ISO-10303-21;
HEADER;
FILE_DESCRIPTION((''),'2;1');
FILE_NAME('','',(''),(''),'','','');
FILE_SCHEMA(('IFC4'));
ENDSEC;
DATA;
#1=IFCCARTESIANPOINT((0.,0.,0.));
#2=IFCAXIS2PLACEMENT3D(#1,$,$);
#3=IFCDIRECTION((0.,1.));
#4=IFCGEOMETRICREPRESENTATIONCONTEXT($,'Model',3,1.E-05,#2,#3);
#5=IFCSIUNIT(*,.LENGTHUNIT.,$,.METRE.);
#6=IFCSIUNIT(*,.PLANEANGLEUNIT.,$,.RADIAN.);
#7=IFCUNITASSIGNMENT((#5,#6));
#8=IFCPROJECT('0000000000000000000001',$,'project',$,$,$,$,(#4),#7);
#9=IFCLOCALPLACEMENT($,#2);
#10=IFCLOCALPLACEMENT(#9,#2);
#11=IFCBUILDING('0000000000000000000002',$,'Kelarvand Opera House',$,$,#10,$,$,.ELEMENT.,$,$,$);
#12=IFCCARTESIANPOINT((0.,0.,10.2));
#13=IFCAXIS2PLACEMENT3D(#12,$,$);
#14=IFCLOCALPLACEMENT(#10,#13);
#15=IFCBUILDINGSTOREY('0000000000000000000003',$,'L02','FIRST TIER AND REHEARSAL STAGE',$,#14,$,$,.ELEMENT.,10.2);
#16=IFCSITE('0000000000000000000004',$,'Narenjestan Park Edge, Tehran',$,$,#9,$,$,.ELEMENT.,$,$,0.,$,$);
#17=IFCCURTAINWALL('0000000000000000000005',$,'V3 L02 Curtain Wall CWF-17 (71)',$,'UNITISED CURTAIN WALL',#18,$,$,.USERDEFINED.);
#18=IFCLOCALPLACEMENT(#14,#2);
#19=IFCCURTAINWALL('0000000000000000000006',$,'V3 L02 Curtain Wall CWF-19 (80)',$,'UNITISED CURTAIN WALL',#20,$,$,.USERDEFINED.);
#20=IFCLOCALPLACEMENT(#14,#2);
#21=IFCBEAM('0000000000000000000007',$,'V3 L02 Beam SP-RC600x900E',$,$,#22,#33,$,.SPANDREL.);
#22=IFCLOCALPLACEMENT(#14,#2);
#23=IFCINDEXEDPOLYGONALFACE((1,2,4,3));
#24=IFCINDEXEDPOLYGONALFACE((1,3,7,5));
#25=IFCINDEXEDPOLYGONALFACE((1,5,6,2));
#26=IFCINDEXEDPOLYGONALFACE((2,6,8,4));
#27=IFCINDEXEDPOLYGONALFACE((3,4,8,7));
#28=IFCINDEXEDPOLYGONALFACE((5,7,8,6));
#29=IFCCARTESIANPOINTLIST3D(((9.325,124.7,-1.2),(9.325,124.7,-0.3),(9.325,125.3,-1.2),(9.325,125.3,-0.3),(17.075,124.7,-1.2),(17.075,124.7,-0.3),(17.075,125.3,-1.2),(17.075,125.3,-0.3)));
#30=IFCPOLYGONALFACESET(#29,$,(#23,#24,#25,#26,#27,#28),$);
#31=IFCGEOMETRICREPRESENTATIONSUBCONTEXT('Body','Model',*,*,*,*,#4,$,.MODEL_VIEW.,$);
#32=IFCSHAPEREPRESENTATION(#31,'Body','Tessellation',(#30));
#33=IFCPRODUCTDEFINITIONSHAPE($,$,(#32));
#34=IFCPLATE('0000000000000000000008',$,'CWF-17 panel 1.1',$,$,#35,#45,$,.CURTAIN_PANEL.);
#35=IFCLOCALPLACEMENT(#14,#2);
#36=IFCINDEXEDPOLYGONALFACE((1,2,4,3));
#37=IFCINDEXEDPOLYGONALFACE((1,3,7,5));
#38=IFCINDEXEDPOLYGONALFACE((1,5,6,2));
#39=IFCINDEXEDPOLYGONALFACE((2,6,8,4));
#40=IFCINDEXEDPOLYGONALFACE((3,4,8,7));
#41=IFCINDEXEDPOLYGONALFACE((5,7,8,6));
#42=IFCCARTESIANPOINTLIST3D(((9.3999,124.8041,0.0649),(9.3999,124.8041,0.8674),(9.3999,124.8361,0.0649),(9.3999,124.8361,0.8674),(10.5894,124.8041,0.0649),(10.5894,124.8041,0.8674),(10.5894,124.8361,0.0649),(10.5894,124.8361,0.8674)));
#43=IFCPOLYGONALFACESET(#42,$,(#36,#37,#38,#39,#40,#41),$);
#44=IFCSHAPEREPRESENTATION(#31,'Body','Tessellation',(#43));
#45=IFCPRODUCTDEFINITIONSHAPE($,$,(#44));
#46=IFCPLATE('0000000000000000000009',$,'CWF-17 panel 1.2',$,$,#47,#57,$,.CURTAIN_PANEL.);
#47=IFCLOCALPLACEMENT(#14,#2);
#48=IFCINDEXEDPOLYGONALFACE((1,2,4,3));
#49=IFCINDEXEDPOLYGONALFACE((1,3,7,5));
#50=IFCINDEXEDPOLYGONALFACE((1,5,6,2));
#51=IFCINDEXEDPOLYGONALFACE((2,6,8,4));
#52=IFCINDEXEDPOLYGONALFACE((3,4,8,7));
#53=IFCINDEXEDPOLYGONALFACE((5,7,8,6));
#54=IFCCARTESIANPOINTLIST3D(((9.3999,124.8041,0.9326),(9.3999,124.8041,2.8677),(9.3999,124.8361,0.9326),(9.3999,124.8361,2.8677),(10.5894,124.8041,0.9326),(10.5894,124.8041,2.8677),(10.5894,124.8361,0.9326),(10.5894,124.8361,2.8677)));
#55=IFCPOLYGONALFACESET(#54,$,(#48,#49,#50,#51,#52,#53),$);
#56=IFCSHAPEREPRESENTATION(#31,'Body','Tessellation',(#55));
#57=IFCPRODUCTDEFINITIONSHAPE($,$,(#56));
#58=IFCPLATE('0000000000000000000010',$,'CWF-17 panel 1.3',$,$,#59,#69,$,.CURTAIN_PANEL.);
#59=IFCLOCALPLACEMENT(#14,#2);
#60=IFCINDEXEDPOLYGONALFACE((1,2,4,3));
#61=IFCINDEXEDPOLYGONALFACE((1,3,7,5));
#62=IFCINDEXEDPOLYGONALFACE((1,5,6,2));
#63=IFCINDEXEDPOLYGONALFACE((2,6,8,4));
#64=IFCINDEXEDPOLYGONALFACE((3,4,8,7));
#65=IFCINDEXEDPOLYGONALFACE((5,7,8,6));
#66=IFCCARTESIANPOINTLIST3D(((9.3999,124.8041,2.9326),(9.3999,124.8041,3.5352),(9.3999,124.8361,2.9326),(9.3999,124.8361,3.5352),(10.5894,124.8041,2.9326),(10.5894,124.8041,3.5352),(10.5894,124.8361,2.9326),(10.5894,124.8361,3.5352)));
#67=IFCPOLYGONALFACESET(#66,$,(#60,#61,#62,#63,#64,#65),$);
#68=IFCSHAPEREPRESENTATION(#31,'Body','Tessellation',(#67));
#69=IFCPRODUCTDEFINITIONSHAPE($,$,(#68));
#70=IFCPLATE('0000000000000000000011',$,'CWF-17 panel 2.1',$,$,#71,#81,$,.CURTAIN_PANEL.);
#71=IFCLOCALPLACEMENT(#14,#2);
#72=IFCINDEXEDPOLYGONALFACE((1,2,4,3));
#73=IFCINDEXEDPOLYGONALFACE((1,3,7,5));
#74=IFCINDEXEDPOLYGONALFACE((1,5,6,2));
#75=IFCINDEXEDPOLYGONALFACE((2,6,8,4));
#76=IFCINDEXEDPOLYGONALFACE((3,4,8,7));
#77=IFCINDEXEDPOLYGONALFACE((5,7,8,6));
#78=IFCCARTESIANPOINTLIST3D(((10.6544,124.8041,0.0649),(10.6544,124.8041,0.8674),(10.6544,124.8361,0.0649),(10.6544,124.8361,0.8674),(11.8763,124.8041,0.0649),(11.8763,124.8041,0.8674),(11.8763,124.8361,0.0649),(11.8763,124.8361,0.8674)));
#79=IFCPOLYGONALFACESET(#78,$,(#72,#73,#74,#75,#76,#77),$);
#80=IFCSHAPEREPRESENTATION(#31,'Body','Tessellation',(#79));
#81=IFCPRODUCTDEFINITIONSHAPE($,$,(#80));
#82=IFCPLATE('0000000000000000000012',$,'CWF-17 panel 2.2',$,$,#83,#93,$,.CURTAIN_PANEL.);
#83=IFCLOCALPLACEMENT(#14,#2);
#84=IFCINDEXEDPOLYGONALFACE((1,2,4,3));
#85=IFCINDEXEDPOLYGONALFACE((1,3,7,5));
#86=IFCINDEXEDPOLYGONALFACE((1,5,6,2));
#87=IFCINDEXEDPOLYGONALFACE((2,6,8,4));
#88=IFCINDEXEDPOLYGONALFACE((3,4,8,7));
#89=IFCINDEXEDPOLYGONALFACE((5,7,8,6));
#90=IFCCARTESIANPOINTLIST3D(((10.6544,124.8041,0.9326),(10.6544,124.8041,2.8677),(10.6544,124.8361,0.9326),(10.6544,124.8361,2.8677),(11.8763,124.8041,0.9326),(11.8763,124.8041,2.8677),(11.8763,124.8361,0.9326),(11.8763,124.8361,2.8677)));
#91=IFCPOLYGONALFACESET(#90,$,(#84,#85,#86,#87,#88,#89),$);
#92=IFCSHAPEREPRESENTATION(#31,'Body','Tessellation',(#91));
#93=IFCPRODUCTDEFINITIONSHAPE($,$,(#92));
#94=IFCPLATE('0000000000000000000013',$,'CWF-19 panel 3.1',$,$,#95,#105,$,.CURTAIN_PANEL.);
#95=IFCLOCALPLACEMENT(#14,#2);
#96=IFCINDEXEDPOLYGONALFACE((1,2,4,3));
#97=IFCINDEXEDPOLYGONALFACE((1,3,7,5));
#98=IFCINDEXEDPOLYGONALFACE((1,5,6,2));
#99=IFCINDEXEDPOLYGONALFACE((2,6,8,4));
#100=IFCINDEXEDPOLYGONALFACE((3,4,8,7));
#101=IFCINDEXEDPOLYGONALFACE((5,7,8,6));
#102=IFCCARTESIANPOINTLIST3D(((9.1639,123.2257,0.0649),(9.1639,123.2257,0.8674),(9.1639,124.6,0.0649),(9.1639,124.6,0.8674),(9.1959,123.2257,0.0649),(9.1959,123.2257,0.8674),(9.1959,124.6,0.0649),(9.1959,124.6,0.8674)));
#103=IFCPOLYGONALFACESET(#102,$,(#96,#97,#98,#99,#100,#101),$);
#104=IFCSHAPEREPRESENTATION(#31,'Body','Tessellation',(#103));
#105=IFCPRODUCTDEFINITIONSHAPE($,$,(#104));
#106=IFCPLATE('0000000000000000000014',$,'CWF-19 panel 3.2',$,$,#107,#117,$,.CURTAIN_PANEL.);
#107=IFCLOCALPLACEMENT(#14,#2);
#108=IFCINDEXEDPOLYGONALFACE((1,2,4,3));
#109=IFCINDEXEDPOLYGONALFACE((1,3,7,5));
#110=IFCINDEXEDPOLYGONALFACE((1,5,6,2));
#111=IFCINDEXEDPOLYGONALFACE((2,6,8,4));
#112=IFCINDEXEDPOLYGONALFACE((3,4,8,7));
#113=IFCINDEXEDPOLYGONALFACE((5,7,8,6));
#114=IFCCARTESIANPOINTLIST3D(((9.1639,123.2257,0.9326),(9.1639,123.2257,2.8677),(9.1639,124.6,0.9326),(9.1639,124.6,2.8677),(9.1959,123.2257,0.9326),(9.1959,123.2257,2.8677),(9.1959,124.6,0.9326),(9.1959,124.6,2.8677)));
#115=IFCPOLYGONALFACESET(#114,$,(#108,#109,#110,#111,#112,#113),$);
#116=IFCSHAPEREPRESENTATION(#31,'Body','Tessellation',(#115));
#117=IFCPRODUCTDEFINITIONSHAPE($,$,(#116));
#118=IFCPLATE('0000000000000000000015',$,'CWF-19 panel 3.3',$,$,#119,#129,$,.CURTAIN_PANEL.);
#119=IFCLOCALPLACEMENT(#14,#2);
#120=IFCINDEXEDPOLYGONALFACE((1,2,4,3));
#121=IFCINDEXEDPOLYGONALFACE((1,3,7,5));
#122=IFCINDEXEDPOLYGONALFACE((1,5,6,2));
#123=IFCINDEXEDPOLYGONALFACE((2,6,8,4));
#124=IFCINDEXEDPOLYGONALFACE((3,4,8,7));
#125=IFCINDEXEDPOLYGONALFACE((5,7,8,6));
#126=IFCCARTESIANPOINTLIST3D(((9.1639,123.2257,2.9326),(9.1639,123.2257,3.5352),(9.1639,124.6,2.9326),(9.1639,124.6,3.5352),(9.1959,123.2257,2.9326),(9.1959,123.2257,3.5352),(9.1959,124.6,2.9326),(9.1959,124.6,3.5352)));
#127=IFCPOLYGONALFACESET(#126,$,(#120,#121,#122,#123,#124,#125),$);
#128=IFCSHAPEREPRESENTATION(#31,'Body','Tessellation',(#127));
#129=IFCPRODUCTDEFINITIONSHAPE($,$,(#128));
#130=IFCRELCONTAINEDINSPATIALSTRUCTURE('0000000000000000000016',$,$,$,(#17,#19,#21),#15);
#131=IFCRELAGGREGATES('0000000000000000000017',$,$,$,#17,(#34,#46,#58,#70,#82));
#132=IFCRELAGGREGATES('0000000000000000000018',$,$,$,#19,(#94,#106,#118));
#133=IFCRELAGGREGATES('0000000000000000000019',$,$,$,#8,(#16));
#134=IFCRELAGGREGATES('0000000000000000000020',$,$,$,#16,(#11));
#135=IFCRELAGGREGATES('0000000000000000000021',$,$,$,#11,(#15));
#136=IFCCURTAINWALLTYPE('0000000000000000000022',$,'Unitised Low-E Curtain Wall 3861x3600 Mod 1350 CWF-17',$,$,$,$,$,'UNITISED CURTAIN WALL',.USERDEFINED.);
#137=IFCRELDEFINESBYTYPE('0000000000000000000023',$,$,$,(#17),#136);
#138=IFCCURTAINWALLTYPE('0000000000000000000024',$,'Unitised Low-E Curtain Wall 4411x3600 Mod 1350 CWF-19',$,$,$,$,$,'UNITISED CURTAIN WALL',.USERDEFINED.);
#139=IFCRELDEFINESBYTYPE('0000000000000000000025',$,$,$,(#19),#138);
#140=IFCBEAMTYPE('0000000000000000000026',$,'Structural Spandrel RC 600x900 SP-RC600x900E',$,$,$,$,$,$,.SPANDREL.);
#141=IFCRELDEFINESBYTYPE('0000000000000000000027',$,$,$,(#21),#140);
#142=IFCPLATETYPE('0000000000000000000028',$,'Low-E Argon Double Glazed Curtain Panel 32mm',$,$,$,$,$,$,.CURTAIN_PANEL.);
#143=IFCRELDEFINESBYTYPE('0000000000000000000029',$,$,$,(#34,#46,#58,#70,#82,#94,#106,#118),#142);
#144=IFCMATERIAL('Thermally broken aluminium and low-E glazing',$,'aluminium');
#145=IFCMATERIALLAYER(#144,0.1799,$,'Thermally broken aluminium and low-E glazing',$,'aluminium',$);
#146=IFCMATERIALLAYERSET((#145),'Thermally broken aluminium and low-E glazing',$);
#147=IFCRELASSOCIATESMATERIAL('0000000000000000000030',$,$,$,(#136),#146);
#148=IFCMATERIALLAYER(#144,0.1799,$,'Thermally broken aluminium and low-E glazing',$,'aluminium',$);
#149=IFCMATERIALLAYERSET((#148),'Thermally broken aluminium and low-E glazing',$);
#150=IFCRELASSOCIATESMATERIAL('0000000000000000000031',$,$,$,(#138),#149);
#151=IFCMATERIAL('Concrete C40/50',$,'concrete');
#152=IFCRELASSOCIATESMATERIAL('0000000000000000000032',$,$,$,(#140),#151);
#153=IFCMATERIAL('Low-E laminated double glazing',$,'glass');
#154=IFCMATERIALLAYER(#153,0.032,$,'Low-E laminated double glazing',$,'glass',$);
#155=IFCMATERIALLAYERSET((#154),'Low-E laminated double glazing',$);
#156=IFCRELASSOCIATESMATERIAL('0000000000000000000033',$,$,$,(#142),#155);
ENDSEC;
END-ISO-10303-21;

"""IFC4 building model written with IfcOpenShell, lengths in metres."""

from ifc_helpers import new_model, si_unit, direction, frame, origin, origin_2d, place, context, subcontext, project, spatial, rectangle, extrude, material, layer, layer_set, material_profile, profile_set, type_object, element, aggregate, save


model = new_model("IFC4")

# Units and contexts
model_context = context("Model", 3, precision=1e-05, world=origin(), true_north=direction((0.0, 1.0)))
body_context = subcontext(model_context, "Body", "Model", "MODEL_VIEW")
ifc_project = project(units=[si_unit("LENGTHUNIT", "METRE"), si_unit("PLANEANGLEUNIT", "RADIAN")], contexts=[model_context])

# Site, building, storey
site_placement = place(None, origin())
site = spatial("IfcSite", under=ifc_project, at=site_placement, Name="Narenjestan Park Edge, Tehran", CompositionType="ELEMENT", RefElevation=0.0)
building_placement = place(site_placement, origin())
building = spatial("IfcBuilding", under=site, at=building_placement, Name="Kelarvand Opera House", CompositionType="ELEMENT")
storey_placement = place(building_placement, frame((0.0, 0.0, 10.2)))
storey = spatial("IfcBuildingStorey", under=building, at=storey_placement, Name="L02", Description="FIRST TIER AND REHEARSAL STAGE", CompositionType="ELEMENT", Elevation=10.2)

# Shared definitions
ifc_material_1 = material(Name="Concrete C40/50", Category="concrete")

# Curtain wall
ifc_material_2 = material(Name="Thermally broken aluminium and low-E glazing", Category="aluminium")
ifc_layer_1 = layer(ifc_material_2, 0.1799, Name="Thermally broken aluminium and low-E glazing", Category="aluminium")
ifc_layer_set_1 = layer_set([ifc_layer_1], Name="Thermally broken aluminium and low-E glazing")
curtain_wall_type_1 = type_object("IfcCurtainWallType", Name="Unitised Low-E Curtain Wall 3861x3600 Mod 1350 CWF-17", ElementType="UNITISED CURTAIN WALL", PredefinedType="USERDEFINED", material=ifc_layer_set_1)
curtain_wall_1_placement = place(storey_placement, origin())
curtain_wall_1 = element("IfcCurtainWall", 1, at=curtain_wall_1_placement, inside=storey, type_object=curtain_wall_type_1, Name="V3 L02 Curtain Wall CWF-17 (71)", ObjectType="UNITISED CURTAIN WALL", PredefinedType="USERDEFINED")

# Curtain wall
ifc_layer_2 = layer(ifc_material_2, 0.1799, Name="Thermally broken aluminium and low-E glazing", Category="aluminium")
ifc_layer_set_2 = layer_set([ifc_layer_2], Name="Thermally broken aluminium and low-E glazing")
curtain_wall_type_2 = type_object("IfcCurtainWallType", Name="Unitised Low-E Curtain Wall 4411x3600 Mod 1350 CWF-19", ElementType="UNITISED CURTAIN WALL", PredefinedType="USERDEFINED", material=ifc_layer_set_2)
curtain_wall_2_placement = place(storey_placement, origin())
curtain_wall_2 = element("IfcCurtainWall", 2, at=curtain_wall_2_placement, inside=storey, type_object=curtain_wall_type_2, Name="V3 L02 Curtain Wall CWF-19 (80)", ObjectType="UNITISED CURTAIN WALL", PredefinedType="USERDEFINED")

# Beam
ifc_material_profile_1 = material_profile(ifc_material_1, rectangle(XDim=0.6001, YDim=0.8999, at=origin_2d()), Name="RC 600x900", Category="concrete")
ifc_profile_set_1 = profile_set([ifc_material_profile_1], Name="Concrete C40/50")
beam_type = type_object("IfcBeamType", Name="Structural Spandrel RC 600x900 SP-RC600x900E", PredefinedType="SPANDREL", material=ifc_profile_set_1)
beam_placement = place(storey_placement, frame((9.325, 125.0, -0.75), z_axis=(1.0, 0.0, 0.0), x_axis=(0.0, 1.0, 0.0)))
element("IfcBeam", 3, at=beam_placement, inside=storey, type_object=beam_type, Name="V3 L02 Beam SP-RC600x900E", PredefinedType="SPANDREL", context=body_context, shape_type="SweptSolid", body=[
    extrude(rectangle(XDim=0.6001, YDim=0.8999, at=origin_2d()), origin(), (0.0, 0.0, 1.0), 7.75),
])

# Plates
ifc_material_3 = material(Name="Low-E laminated double glazing", Category="glass")
ifc_layer_3 = layer(ifc_material_3, 0.032, Name="Low-E laminated double glazing", Category="glass")
ifc_layer_set_3 = layer_set([ifc_layer_3], Name="Low-E laminated double glazing")
plate_type = type_object("IfcPlateType", Name="Low-E Argon Double Glazed Curtain Panel 32mm", PredefinedType="CURTAIN_PANEL", material=ifc_layer_set_3)
plate_1_placement = place(storey_placement, frame((9.9946, 124.8201, 0.0649), z_axis=(0.0, 0.0, 1.0), x_axis=(1.0, 0.0, 0.0)))
plate_1 = element("IfcPlate", 4, at=plate_1_placement, type_object=plate_type, Name="CWF-17 panel 1.1", PredefinedType="CURTAIN_PANEL", context=body_context, shape_type="SweptSolid", body=[
    extrude(rectangle(XDim=1.1895, YDim=0.032, at=origin_2d()), origin(), (0.0, 0.0, 1.0), 0.8025),
])
plate_2_placement = place(storey_placement, frame((9.9946, 124.8201, 0.9326), z_axis=(0.0, 0.0, 1.0), x_axis=(1.0, 0.0, 0.0)))
plate_2 = element("IfcPlate", 5, at=plate_2_placement, type_object=plate_type, Name="CWF-17 panel 1.2", PredefinedType="CURTAIN_PANEL", context=body_context, shape_type="SweptSolid", body=[
    extrude(rectangle(XDim=1.1895, YDim=0.032, at=origin_2d()), origin(), (0.0, 0.0, 1.0), 1.9351),
])
plate_3_placement = place(storey_placement, frame((9.9946, 124.8201, 2.9326), z_axis=(0.0, 0.0, 1.0), x_axis=(1.0, 0.0, 0.0)))
plate_3 = element("IfcPlate", 6, at=plate_3_placement, type_object=plate_type, Name="CWF-17 panel 1.3", PredefinedType="CURTAIN_PANEL", context=body_context, shape_type="SweptSolid", body=[
    extrude(rectangle(XDim=1.1895, YDim=0.032, at=origin_2d()), origin(), (0.0, 0.0, 1.0), 0.6025),
])
plate_4_placement = place(storey_placement, frame((11.2654, 124.8201, 0.0649), z_axis=(0.0, 0.0, 1.0), x_axis=(1.0, 0.0, 0.0)))
plate_4 = element("IfcPlate", 7, at=plate_4_placement, type_object=plate_type, Name="CWF-17 panel 2.1", PredefinedType="CURTAIN_PANEL", context=body_context, shape_type="SweptSolid", body=[
    extrude(rectangle(XDim=1.2219, YDim=0.032, at=origin_2d()), origin(), (0.0, 0.0, 1.0), 0.8025),
])
plate_5_placement = place(storey_placement, frame((11.2654, 124.8201, 0.9326), z_axis=(0.0, 0.0, 1.0), x_axis=(1.0, 0.0, 0.0)))
plate_5 = element("IfcPlate", 8, at=plate_5_placement, type_object=plate_type, Name="CWF-17 panel 2.2", PredefinedType="CURTAIN_PANEL", context=body_context, shape_type="SweptSolid", body=[
    extrude(rectangle(XDim=1.2219, YDim=0.032, at=origin_2d()), origin(), (0.0, 0.0, 1.0), 1.9351),
])
aggregate(curtain_wall_1, [plate_1, plate_2, plate_3, plate_4, plate_5])
plate_6_placement = place(storey_placement, frame((9.1799, 123.9128, 0.0649), z_axis=(0.0, 0.0, 1.0), x_axis=(0.0, 1.0, 0.0)))
plate_6 = element("IfcPlate", 9, at=plate_6_placement, type_object=plate_type, Name="CWF-19 panel 3.1", PredefinedType="CURTAIN_PANEL", context=body_context, shape_type="SweptSolid", body=[
    extrude(rectangle(XDim=1.3743, YDim=0.032, at=origin_2d()), origin(), (0.0, 0.0, 1.0), 0.8025),
])
plate_7_placement = place(storey_placement, frame((9.1799, 123.9128, 0.9326), z_axis=(0.0, 0.0, 1.0), x_axis=(0.0, 1.0, 0.0)))
plate_7 = element("IfcPlate", 10, at=plate_7_placement, type_object=plate_type, Name="CWF-19 panel 3.2", PredefinedType="CURTAIN_PANEL", context=body_context, shape_type="SweptSolid", body=[
    extrude(rectangle(XDim=1.3743, YDim=0.032, at=origin_2d()), origin(), (0.0, 0.0, 1.0), 1.9351),
])
plate_8_placement = place(storey_placement, frame((9.1799, 123.9128, 2.9326), z_axis=(0.0, 0.0, 1.0), x_axis=(0.0, 1.0, 0.0)))
plate_8 = element("IfcPlate", 11, at=plate_8_placement, type_object=plate_type, Name="CWF-19 panel 3.3", PredefinedType="CURTAIN_PANEL", context=body_context, shape_type="SweptSolid", body=[
    extrude(rectangle(XDim=1.3743, YDim=0.032, at=origin_2d()), origin(), (0.0, 0.0, 1.0), 0.6025),
])
aggregate(curtain_wall_2, [plate_6, plate_7, plate_8])

save(model, "model.ifc")
